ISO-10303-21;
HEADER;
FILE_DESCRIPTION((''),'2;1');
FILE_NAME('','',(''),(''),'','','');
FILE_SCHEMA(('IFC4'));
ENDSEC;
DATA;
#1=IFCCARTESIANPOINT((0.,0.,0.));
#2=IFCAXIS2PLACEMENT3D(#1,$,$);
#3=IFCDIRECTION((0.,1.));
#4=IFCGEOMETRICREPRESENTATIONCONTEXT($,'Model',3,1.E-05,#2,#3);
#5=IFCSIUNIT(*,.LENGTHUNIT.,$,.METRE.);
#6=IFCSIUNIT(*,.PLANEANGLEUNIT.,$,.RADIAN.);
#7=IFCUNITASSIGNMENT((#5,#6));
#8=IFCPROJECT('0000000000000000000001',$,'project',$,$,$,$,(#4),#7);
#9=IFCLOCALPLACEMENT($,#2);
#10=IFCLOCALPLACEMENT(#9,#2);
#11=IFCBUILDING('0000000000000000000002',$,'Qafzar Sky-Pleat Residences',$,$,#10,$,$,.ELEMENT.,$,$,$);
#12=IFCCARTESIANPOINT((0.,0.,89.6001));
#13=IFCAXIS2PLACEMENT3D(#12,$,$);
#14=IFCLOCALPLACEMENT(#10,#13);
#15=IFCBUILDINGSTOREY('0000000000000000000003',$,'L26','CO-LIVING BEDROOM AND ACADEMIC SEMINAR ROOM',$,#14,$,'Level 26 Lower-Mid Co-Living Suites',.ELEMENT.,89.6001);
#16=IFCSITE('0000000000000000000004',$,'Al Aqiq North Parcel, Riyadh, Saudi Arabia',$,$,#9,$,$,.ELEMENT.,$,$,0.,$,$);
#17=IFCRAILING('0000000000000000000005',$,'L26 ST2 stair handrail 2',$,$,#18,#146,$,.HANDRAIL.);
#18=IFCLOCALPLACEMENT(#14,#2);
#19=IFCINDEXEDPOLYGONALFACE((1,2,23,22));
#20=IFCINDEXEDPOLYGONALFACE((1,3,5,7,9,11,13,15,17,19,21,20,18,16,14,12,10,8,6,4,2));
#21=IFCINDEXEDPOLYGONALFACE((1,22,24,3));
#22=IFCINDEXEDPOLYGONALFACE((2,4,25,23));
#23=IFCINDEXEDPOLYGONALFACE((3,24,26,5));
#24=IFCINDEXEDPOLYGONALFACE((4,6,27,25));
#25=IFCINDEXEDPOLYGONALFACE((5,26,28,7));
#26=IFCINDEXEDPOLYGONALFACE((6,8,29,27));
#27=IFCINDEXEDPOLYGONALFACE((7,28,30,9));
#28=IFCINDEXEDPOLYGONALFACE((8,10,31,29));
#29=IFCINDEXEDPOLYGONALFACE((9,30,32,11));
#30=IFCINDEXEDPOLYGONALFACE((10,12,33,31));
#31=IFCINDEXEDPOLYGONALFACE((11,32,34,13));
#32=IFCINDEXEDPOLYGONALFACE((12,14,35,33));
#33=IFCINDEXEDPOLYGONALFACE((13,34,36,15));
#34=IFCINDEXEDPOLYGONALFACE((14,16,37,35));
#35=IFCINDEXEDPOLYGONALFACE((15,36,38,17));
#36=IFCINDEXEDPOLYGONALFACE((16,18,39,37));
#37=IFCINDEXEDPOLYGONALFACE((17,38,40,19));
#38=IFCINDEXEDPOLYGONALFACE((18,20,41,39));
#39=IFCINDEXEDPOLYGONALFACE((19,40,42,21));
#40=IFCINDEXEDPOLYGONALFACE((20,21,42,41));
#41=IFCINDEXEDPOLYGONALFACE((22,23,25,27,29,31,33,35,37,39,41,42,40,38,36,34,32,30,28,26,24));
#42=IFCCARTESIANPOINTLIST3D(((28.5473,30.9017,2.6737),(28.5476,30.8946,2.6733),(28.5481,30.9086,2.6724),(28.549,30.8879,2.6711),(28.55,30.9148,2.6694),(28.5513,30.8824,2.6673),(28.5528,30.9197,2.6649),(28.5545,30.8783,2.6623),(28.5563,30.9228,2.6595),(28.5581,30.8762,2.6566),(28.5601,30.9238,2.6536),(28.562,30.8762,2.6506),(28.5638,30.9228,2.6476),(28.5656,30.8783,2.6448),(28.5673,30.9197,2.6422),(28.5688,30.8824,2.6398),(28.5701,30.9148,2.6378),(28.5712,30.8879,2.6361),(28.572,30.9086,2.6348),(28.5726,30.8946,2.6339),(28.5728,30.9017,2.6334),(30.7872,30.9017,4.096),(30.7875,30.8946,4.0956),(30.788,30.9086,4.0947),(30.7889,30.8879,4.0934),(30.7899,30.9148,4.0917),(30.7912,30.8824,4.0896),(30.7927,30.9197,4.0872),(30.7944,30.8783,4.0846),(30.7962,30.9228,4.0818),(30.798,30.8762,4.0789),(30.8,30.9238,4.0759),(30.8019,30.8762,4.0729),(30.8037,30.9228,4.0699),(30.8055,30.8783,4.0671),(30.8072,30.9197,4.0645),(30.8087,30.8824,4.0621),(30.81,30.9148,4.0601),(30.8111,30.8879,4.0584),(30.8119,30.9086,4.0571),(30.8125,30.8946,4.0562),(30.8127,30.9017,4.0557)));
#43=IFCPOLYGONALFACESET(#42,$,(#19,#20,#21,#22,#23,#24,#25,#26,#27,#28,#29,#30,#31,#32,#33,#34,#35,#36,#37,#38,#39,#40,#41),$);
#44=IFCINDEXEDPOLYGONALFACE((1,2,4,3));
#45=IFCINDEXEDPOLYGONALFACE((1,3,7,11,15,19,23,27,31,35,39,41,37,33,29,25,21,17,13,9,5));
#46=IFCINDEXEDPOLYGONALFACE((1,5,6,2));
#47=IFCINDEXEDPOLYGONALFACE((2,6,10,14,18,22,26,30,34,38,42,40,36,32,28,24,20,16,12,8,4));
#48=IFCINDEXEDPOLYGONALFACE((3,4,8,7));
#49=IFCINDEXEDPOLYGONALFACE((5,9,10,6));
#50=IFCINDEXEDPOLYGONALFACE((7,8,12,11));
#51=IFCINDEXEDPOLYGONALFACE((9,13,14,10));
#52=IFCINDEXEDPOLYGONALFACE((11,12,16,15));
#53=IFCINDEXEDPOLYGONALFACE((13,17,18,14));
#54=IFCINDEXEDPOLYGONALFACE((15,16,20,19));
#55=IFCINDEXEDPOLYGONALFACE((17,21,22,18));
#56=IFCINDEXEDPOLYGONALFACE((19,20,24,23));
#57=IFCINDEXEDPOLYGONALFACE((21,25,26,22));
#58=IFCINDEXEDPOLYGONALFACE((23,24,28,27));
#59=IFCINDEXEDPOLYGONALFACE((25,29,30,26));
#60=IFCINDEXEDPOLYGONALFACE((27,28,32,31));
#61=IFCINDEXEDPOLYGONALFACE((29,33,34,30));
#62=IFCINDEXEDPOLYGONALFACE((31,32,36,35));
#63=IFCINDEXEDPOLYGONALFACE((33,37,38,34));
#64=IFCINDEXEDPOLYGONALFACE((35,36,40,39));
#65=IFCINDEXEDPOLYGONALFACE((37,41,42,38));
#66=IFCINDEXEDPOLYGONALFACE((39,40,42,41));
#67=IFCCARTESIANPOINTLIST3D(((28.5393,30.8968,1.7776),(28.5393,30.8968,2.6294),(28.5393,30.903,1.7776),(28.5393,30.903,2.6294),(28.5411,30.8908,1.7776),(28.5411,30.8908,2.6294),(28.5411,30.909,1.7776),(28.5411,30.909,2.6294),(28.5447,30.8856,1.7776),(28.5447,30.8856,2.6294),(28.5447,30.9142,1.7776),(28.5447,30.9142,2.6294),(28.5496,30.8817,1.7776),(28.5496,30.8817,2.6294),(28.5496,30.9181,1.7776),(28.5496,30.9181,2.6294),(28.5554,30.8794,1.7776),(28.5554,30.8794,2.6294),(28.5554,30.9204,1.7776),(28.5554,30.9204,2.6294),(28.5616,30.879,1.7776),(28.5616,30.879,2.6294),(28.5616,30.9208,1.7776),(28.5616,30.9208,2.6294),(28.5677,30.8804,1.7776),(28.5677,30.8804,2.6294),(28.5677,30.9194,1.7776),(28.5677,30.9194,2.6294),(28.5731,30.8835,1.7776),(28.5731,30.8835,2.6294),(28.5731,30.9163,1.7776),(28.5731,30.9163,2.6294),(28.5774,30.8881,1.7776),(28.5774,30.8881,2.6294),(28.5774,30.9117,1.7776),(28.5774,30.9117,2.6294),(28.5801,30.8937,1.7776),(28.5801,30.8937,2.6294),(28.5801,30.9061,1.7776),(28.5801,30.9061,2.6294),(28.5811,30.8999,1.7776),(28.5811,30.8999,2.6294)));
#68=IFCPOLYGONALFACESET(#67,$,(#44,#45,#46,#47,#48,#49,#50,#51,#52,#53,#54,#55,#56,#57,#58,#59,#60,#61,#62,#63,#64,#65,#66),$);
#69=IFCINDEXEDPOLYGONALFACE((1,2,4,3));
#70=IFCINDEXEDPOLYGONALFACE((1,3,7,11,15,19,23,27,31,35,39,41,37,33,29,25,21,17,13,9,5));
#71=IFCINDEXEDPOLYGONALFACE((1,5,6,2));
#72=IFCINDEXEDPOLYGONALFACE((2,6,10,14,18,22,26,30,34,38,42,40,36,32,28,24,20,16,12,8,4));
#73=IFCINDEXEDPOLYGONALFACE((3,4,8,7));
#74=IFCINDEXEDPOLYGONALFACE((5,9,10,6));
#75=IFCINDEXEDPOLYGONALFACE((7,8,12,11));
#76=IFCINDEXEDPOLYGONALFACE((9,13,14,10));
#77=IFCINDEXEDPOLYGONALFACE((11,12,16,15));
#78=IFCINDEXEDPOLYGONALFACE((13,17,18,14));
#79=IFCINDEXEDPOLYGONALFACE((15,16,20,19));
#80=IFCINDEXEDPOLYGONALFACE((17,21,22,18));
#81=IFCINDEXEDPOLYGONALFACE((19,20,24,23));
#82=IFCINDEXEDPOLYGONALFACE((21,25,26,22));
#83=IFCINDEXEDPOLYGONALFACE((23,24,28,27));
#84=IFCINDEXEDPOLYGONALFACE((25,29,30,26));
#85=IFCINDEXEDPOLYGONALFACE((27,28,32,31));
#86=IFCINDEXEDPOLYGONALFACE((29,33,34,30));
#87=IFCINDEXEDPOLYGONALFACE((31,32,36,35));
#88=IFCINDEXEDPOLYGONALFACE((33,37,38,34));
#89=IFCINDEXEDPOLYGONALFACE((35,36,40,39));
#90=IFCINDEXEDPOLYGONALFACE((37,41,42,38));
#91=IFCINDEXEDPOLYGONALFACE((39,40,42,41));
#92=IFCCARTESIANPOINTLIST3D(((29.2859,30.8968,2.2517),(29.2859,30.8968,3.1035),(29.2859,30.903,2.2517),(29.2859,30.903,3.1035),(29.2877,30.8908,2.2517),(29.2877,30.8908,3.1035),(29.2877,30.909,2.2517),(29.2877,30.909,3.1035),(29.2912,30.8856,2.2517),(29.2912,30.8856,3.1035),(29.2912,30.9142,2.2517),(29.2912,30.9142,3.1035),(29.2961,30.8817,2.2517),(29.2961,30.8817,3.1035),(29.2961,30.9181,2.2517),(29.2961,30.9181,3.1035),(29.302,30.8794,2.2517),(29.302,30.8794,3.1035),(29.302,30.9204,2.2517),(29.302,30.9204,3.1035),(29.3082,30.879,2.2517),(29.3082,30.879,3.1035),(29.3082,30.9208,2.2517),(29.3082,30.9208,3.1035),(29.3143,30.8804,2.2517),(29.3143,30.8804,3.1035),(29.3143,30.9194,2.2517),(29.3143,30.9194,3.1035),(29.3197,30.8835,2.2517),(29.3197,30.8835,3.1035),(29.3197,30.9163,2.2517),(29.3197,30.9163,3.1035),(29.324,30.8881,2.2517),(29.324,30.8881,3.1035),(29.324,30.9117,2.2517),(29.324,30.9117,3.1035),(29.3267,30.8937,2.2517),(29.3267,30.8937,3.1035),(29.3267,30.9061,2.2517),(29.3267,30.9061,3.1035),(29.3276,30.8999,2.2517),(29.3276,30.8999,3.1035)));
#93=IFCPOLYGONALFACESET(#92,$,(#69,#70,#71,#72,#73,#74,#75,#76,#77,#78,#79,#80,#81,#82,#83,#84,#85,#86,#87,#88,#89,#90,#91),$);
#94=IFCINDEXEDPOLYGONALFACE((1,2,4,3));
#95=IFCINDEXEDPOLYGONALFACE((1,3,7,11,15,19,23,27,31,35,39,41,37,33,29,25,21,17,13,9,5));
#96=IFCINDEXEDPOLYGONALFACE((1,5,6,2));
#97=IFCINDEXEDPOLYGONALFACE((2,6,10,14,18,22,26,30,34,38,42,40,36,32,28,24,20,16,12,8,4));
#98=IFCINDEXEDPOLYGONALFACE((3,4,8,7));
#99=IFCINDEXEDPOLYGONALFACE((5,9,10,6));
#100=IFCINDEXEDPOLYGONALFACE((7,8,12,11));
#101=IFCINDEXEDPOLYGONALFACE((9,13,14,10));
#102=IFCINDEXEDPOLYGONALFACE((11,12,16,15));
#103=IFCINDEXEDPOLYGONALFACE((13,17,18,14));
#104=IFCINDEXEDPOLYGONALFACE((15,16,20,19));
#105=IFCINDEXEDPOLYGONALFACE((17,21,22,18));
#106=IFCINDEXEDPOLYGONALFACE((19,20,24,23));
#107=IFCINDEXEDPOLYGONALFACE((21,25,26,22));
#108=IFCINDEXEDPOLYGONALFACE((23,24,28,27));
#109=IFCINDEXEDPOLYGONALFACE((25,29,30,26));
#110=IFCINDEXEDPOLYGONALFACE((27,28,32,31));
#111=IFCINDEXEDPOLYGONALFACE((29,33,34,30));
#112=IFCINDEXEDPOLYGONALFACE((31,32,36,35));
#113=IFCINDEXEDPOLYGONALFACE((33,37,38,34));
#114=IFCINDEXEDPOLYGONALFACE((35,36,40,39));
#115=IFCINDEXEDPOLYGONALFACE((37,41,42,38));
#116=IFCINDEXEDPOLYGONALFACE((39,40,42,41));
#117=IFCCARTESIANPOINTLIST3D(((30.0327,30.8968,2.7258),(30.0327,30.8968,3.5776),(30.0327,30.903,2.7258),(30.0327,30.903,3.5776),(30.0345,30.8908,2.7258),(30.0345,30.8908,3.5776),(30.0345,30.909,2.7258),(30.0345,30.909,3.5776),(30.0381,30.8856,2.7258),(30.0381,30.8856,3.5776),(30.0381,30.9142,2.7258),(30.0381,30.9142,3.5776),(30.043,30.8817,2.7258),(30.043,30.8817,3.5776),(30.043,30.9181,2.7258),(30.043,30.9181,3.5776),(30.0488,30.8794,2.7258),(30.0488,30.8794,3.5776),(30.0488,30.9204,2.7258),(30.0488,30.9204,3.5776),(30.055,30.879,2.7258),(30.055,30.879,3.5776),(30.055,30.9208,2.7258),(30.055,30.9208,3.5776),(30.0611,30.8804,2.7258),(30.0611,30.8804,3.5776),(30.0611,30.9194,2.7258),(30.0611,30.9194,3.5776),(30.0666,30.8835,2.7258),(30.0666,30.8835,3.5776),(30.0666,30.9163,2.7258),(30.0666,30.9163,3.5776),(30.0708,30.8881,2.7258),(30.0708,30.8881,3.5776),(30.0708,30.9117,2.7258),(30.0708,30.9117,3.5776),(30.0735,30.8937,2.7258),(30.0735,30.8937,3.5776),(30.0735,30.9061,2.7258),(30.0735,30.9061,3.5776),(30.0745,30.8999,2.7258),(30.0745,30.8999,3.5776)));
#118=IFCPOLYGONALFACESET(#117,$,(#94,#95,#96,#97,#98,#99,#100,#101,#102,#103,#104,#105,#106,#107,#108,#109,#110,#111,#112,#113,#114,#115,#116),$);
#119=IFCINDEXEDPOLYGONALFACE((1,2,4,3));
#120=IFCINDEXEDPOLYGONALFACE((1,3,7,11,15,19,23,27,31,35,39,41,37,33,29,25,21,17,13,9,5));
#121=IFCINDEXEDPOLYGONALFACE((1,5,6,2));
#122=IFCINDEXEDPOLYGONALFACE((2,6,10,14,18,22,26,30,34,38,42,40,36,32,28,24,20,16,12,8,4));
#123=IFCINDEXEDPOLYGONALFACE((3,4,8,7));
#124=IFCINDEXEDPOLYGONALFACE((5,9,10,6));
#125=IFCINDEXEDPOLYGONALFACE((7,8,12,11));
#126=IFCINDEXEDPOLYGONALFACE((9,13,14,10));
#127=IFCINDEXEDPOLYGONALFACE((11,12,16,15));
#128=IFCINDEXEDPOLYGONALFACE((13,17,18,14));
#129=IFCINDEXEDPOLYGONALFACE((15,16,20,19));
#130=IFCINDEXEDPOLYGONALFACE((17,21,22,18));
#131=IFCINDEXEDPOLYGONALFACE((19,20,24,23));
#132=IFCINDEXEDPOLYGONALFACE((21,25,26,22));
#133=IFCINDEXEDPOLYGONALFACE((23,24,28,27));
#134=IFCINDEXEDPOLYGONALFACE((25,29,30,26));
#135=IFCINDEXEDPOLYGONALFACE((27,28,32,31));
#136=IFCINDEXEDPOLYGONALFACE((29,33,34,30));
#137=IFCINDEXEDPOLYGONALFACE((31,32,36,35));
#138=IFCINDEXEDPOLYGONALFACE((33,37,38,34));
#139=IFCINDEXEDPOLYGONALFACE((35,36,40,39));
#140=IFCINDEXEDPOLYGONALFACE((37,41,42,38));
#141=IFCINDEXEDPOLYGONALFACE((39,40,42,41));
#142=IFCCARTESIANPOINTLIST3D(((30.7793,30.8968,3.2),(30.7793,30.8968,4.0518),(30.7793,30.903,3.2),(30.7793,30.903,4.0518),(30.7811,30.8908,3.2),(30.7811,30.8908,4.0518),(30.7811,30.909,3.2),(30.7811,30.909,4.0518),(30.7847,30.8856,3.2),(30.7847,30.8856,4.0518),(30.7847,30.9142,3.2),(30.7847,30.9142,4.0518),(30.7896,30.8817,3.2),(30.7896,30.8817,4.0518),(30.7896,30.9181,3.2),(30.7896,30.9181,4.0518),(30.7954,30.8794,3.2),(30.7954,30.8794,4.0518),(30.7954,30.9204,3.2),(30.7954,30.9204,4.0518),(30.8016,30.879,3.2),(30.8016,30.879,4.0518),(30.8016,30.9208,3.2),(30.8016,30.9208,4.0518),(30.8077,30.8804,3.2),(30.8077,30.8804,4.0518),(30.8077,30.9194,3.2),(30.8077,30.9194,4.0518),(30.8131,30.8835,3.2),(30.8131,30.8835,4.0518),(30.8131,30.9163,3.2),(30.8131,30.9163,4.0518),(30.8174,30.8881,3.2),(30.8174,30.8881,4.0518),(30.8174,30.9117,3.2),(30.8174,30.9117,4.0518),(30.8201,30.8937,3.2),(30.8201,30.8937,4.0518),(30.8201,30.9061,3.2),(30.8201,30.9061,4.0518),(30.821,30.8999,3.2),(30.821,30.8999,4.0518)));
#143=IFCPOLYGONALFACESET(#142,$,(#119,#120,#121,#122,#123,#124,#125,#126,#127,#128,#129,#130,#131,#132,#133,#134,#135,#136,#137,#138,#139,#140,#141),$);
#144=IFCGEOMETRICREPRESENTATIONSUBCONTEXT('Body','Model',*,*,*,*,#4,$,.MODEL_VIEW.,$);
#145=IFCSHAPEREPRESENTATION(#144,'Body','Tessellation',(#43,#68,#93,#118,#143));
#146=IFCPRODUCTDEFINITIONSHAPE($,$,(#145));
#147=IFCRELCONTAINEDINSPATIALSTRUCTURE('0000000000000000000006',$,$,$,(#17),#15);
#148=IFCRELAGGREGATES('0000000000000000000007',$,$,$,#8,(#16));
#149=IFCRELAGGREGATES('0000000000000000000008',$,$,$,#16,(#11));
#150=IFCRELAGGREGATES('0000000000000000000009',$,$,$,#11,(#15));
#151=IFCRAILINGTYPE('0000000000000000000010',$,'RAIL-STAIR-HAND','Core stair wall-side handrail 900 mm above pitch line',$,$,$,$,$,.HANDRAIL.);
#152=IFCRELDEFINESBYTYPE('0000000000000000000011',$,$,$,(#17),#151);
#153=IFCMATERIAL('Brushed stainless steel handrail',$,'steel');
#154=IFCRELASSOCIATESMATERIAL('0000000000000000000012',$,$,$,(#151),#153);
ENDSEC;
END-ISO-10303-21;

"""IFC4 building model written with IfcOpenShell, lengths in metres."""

from ifc_helpers import new_model, si_unit, direction, frame, origin, origin_2d, place, context, subcontext, project, spatial, circle, extrude, source, transform, mapped, material, type_object, element, save


model = new_model("IFC4")

# Units and contexts
model_context = context("Model", 3, precision=1e-05, world=origin(), true_north=direction((0.0, 1.0)))
body_context = subcontext(model_context, "Body", "Model", "MODEL_VIEW")
ifc_project = project(units=[si_unit("LENGTHUNIT", "METRE"), si_unit("PLANEANGLEUNIT", "RADIAN")], contexts=[model_context])

# Site, building, storey
site_placement = place(None, origin())
site = spatial("IfcSite", under=ifc_project, at=site_placement, Name="Al Aqiq North Parcel, Riyadh, Saudi Arabia", CompositionType="ELEMENT", RefElevation=0.0)
building_placement = place(site_placement, origin())
building = spatial("IfcBuilding", under=site, at=building_placement, Name="Qafzar Sky-Pleat Residences", CompositionType="ELEMENT")
storey_placement = place(building_placement, frame((0.0, 0.0, 89.6001)))
storey = spatial("IfcBuildingStorey", under=building, at=storey_placement, Name="L26", Description="CO-LIVING BEDROOM AND ACADEMIC SEMINAR ROOM", LongName="Level 26 Lower-Mid Co-Living Suites", CompositionType="ELEMENT", Elevation=89.6001)

# Railing
ifc_material_1 = material(Name="Brushed stainless steel handrail", Category="steel")
railing_type_1 = type_object("IfcRailingType", Name="RAIL-STAIR-HAND", Description="Core stair wall-side handrail 900 mm above pitch line", PredefinedType="HANDRAIL", material=ifc_material_1)
shared_shape_1 = source(origin(), body_context, "Body", "SweptSolid", [
    extrude(circle(Radius=0.0239, at=origin_2d()), frame((0.0, 0.0, 0.876), z_axis=(0.844188, 0.0, 0.536048), x_axis=(0.0, 1.0, 0.0)), (0.0, 0.0, 1.0), 2.6533),
    extrude(circle(Radius=0.021, at=origin_2d()), origin(), (0.0, 0.0, 1.0), 0.8518),
    extrude(circle(Radius=0.021, at=origin_2d()), frame((0.7466, 0.0, 0.4741)), (0.0, 0.0, 1.0), 0.8518),
    extrude(circle(Radius=0.021, at=origin_2d()), frame((1.4934, 0.0, 0.9482)), (0.0, 0.0, 1.0), 0.8518),
    extrude(circle(Radius=0.021, at=origin_2d()), frame((2.24, 0.0, 1.4224)), (0.0, 0.0, 1.0), 0.8518),
])
railing_1_placement = place(storey_placement, frame((28.5601, 30.8999, 1.7776)))
element("IfcRailing", 1, at=railing_1_placement, inside=storey, type_object=railing_type_1, Name="L26 ST2 stair handrail 2", PredefinedType="HANDRAIL", context=body_context, shape_type="MappedRepresentation", body=[
    mapped(shared_shape_1, transform((0.0, 0.0, 0.0), x_axis=(1.0, 0.0, 0.0), y_axis=(0.0, 1.0, 0.0), z_axis=(0.0, 0.0, 1.0), scale=1.0)),
])

save(model, "model.ifc")
